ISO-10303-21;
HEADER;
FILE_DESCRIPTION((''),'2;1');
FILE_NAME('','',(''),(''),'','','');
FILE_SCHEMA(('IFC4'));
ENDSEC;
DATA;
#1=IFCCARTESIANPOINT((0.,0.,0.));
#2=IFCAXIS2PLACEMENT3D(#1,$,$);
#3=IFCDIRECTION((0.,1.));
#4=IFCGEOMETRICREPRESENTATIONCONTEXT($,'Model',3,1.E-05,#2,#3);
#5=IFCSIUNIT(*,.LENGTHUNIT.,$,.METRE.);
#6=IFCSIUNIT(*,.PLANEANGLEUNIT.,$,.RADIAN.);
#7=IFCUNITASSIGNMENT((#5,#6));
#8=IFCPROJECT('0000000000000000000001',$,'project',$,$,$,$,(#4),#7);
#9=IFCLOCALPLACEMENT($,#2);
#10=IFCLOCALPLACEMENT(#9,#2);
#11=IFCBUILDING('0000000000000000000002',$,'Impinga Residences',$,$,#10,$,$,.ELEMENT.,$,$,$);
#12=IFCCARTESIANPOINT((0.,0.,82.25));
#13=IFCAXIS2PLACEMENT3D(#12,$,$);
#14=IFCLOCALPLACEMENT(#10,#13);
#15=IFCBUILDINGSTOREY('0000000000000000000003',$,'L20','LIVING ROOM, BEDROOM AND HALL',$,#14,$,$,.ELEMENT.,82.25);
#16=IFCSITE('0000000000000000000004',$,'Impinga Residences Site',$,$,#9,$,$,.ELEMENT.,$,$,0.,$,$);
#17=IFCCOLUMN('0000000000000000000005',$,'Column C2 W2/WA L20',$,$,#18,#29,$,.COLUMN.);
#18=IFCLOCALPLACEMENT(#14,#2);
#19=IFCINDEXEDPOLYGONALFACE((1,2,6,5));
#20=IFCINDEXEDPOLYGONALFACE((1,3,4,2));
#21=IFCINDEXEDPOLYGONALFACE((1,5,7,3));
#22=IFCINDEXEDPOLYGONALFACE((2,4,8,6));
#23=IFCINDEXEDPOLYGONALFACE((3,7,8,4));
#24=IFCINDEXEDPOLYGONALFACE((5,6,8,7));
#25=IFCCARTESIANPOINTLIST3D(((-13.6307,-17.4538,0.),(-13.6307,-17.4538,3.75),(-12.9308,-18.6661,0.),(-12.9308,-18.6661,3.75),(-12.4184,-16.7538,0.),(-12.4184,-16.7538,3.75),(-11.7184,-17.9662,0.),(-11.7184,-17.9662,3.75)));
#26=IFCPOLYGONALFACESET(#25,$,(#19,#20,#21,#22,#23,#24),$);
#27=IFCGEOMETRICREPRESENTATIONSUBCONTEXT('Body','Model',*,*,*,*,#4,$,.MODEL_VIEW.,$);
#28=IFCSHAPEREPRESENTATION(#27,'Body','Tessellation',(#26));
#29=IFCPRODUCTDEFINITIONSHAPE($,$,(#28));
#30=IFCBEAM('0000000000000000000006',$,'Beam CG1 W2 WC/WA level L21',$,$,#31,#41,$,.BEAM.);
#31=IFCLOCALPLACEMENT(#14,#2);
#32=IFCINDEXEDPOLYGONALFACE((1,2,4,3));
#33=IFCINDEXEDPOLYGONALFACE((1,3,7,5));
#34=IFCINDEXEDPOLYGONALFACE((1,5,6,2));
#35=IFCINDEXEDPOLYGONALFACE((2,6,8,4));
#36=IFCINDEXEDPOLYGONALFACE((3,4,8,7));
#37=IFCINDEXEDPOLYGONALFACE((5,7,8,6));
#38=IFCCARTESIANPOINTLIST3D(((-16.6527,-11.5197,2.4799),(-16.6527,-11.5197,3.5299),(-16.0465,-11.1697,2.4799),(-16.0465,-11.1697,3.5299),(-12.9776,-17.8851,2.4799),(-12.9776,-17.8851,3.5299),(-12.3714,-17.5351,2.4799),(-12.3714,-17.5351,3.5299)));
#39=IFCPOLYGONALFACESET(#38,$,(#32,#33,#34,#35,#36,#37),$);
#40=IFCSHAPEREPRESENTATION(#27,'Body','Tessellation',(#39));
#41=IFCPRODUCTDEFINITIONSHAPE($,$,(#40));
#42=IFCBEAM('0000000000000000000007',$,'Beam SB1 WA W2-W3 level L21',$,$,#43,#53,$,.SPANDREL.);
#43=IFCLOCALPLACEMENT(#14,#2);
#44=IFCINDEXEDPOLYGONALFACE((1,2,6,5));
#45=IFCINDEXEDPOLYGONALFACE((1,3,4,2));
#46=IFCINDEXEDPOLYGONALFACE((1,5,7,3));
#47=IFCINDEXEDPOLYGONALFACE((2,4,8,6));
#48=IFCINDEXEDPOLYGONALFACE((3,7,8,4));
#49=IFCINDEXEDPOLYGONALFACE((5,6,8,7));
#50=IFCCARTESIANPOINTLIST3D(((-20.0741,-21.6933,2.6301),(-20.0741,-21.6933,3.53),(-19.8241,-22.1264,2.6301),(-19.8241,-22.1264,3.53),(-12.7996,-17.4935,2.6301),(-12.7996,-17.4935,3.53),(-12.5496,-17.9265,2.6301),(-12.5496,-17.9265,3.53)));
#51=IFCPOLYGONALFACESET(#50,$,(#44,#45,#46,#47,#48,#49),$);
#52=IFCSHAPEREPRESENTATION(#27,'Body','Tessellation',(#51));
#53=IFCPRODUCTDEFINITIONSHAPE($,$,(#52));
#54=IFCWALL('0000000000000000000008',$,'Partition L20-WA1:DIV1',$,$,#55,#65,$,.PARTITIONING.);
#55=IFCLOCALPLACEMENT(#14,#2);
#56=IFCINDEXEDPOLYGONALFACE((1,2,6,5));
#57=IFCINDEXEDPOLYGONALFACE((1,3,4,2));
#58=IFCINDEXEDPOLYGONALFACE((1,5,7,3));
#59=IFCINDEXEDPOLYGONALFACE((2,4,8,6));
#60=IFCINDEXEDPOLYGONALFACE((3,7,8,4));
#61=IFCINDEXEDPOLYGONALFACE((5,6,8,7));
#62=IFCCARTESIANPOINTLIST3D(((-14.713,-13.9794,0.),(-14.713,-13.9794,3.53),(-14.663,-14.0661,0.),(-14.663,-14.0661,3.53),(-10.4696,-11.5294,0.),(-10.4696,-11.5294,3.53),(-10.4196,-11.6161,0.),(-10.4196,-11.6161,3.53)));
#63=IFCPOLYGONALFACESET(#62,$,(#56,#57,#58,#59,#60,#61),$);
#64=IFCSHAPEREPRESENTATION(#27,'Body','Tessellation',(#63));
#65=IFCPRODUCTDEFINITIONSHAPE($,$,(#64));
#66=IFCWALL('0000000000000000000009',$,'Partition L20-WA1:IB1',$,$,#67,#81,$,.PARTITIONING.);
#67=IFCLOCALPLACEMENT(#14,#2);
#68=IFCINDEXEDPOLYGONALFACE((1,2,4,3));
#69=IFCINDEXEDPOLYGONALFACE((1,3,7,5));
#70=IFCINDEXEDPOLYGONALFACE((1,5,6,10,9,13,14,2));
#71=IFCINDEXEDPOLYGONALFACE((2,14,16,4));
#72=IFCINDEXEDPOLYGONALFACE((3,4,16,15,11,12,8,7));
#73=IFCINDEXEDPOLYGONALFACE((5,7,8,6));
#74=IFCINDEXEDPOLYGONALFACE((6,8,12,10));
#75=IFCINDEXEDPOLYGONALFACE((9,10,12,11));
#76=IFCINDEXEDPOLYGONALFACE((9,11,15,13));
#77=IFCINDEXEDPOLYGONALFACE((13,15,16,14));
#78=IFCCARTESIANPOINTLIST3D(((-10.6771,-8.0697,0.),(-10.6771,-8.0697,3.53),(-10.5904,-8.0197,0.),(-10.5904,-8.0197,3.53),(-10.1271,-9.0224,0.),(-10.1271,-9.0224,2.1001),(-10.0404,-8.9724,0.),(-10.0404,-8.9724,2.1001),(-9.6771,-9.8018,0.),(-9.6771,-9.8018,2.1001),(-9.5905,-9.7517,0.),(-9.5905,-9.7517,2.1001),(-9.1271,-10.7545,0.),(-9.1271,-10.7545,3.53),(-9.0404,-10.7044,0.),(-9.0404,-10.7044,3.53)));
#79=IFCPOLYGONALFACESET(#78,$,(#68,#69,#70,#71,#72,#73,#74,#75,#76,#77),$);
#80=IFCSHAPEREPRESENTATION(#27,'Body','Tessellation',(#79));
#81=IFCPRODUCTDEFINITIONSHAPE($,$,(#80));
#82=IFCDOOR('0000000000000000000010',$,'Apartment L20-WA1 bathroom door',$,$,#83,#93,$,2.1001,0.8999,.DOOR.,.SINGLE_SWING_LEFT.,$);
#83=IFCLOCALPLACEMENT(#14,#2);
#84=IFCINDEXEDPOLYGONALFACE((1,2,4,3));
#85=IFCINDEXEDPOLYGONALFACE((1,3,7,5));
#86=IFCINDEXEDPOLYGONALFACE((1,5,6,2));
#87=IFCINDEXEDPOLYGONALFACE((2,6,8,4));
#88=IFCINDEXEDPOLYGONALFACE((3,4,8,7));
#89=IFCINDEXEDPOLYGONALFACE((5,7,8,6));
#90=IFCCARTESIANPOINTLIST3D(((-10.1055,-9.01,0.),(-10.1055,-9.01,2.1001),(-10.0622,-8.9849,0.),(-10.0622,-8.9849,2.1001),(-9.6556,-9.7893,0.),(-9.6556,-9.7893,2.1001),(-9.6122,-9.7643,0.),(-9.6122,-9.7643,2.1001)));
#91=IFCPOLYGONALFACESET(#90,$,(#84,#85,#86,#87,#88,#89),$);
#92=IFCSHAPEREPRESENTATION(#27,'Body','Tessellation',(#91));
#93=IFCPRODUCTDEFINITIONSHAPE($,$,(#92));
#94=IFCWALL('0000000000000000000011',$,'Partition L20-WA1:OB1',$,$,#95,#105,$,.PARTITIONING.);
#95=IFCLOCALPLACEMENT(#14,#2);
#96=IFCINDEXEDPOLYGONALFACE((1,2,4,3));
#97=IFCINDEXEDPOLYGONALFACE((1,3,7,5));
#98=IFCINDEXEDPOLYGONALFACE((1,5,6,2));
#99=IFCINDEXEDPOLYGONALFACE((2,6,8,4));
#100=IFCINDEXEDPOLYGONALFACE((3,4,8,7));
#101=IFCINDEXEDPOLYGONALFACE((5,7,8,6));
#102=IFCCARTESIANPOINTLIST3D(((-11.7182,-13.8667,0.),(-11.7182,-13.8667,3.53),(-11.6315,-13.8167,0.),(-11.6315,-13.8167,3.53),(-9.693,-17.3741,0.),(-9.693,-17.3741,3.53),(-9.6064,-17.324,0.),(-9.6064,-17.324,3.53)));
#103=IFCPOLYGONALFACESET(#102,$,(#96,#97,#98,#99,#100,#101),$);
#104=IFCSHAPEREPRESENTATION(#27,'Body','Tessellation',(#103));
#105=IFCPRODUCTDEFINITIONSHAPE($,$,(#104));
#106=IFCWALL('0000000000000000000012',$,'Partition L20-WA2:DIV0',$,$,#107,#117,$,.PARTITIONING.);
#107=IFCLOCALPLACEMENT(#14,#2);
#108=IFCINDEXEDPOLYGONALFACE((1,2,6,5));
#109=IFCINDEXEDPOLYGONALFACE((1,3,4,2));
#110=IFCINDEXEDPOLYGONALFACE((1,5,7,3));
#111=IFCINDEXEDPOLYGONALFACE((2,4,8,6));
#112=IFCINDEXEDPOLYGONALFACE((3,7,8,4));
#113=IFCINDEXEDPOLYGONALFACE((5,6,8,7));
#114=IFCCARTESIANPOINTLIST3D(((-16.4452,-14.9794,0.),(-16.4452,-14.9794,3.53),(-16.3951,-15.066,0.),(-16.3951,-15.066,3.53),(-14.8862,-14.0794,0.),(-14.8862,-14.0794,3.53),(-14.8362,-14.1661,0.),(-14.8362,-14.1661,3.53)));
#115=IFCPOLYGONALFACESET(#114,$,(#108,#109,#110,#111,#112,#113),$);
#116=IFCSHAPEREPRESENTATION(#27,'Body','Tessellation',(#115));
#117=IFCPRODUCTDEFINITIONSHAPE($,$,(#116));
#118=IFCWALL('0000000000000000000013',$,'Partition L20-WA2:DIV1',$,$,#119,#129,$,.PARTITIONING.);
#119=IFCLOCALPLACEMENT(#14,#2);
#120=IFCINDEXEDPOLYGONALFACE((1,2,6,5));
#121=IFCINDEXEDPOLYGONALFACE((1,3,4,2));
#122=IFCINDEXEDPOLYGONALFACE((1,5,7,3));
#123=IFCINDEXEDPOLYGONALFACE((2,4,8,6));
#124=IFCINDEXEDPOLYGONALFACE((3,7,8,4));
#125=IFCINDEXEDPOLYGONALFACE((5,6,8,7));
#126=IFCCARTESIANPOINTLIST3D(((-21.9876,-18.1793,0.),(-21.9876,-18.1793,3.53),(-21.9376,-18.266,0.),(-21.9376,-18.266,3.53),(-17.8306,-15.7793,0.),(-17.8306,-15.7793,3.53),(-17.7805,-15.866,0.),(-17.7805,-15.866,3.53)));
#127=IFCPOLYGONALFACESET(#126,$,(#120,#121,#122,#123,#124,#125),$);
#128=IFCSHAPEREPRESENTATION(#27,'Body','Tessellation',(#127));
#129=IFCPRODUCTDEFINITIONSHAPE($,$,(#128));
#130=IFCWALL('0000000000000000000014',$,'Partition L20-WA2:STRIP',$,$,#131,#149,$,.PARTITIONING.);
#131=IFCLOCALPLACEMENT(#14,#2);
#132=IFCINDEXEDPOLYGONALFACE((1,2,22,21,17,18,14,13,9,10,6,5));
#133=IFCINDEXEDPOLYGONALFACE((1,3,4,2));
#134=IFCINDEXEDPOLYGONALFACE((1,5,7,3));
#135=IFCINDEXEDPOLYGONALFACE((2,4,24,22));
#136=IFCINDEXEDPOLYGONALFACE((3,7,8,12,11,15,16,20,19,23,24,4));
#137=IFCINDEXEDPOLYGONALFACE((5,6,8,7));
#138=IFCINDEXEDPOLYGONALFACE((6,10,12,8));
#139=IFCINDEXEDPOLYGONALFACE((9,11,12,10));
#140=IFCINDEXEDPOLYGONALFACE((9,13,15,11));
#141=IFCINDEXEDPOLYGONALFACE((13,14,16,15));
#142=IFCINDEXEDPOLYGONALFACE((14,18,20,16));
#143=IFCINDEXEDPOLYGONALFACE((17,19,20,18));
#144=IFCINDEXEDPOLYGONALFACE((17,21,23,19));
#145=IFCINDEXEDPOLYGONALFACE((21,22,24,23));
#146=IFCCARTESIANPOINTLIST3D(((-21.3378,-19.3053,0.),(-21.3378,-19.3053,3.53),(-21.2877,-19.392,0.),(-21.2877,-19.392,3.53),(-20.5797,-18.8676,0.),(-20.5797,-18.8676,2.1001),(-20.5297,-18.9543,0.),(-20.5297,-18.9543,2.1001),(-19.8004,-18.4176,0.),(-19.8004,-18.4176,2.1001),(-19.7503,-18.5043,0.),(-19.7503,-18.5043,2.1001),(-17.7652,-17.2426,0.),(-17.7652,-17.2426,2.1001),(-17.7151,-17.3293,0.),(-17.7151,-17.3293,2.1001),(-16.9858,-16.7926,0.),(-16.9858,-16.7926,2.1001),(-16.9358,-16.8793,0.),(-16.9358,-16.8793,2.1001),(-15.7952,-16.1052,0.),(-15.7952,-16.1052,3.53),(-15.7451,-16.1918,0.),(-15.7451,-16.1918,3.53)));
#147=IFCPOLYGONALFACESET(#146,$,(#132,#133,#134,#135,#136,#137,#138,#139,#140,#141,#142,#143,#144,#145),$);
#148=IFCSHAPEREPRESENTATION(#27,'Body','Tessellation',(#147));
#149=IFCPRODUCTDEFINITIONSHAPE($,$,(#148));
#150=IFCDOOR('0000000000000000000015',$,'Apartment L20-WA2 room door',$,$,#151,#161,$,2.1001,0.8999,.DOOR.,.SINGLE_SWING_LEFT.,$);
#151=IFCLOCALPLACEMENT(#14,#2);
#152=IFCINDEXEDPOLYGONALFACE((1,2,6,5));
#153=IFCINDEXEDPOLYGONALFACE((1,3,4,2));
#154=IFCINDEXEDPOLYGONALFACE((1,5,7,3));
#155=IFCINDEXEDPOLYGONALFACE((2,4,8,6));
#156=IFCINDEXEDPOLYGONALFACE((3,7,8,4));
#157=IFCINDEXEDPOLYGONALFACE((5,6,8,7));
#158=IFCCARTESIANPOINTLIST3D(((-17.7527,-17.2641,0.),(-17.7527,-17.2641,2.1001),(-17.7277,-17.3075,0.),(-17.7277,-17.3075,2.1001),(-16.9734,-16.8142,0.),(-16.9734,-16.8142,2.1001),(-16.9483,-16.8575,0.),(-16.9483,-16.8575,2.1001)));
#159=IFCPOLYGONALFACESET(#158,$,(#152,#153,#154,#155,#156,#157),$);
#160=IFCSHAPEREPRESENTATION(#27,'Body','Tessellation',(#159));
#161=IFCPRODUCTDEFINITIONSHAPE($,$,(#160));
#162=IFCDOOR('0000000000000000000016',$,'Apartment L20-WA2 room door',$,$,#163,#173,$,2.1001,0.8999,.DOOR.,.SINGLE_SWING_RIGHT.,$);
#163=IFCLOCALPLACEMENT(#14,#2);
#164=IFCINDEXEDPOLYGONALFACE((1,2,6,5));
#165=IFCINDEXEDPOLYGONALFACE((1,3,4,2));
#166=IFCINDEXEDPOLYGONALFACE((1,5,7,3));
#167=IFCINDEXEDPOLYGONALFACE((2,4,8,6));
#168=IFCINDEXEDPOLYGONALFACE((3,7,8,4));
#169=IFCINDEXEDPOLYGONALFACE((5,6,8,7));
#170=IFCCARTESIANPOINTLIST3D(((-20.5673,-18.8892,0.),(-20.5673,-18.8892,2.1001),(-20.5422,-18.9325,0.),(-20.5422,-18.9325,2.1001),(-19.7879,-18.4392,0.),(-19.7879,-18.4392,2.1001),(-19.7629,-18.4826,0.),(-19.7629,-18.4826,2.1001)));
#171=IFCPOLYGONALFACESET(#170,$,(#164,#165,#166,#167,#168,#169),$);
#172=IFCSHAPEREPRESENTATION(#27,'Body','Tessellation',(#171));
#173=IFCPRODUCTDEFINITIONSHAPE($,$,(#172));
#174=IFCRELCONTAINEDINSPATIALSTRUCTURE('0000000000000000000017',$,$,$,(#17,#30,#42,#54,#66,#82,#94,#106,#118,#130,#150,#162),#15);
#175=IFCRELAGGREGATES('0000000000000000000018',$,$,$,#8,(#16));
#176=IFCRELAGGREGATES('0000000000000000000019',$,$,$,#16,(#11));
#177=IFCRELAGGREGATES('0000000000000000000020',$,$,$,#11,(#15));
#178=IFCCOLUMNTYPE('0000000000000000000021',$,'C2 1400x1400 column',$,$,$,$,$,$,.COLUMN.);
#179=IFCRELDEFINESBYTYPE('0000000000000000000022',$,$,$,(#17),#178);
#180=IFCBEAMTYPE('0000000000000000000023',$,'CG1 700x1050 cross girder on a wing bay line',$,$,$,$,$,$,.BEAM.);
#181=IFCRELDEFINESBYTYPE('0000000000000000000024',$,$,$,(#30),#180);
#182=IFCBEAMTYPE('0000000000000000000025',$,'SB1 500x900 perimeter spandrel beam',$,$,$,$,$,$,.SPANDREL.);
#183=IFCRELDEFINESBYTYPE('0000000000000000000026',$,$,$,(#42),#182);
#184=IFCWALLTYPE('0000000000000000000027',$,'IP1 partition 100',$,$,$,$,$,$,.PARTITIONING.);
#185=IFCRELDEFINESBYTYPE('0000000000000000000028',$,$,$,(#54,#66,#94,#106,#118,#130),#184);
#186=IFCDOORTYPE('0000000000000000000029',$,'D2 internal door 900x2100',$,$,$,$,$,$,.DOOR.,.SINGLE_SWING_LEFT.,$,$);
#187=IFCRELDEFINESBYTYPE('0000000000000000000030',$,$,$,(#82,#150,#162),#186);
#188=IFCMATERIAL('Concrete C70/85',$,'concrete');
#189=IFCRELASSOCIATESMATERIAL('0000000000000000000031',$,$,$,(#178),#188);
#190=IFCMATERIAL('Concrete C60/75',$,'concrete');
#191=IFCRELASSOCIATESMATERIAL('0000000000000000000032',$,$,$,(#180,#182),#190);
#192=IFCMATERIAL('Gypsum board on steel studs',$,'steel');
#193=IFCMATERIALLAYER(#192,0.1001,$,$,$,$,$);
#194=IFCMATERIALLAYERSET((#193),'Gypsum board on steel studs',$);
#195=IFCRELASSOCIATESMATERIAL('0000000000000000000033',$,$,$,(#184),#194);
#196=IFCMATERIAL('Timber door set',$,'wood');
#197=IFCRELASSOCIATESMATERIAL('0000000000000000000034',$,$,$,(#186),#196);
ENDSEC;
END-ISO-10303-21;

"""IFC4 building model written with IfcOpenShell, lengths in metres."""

from ifc_helpers import new_model, si_unit, direction, frame, frame_2d, origin, origin_2d, place, context, subcontext, project, spatial, rectangle, extrude, material, layer, layer_set, material_profile, profile_set, type_object, element, fill, save


model = new_model("IFC4")

# Units and contexts
model_context = context("Model", 3, precision=1e-05, world=origin(), true_north=direction((0.0, 1.0)))
body_context = subcontext(model_context, "Body", "Model", "MODEL_VIEW")
ifc_project = project(units=[si_unit("LENGTHUNIT", "METRE"), si_unit("PLANEANGLEUNIT", "RADIAN")], contexts=[model_context])

# Site, building, storey
site_placement = place(None, origin())
site = spatial("IfcSite", under=ifc_project, at=site_placement, Name="Impinga Residences Site", CompositionType="ELEMENT", RefElevation=0.0)
building_placement = place(site_placement, origin())
building = spatial("IfcBuilding", under=site, at=building_placement, Name="Impinga Residences", CompositionType="ELEMENT")
storey_placement = place(building_placement, frame((0.0, 0.0, 82.25)))
storey = spatial("IfcBuildingStorey", under=building, at=storey_placement, Name="L20", Description="LIVING ROOM, BEDROOM AND HALL", CompositionType="ELEMENT", Elevation=82.25)

# Column
ifc_material_1 = material(Name="Concrete C70/85", Category="concrete")
ifc_material_profile_1 = material_profile(ifc_material_1, rectangle(XDim=1.3999, YDim=1.3999, at=origin_2d()), Name="RC 1400x1400")
ifc_profile_set_1 = profile_set([ifc_material_profile_1], Name="Concrete C70/85")
column_type = type_object("IfcColumnType", Name="C2 1400x1400 column", PredefinedType="COLUMN", material=ifc_profile_set_1)
column_placement = place(storey_placement, frame((-12.6746, -17.71, 0.0), z_axis=(0.0, 0.0, 1.0), x_axis=(-0.5, 0.866025, 0.0)))
element("IfcColumn", 1, at=column_placement, inside=storey, type_object=column_type, Name="Column C2 W2/WA L20", PredefinedType="COLUMN", context=body_context, shape_type="SweptSolid", body=[
    extrude(rectangle(XDim=1.3999, YDim=1.3999, at=origin_2d()), origin(), (0.0, 0.0, 1.0), 3.75),
])

# Beams
ifc_material_2 = material(Name="Concrete C60/75", Category="concrete")
ifc_material_profile_2 = material_profile(ifc_material_2, rectangle(XDim=0.7, YDim=1.05, at=origin_2d()), Name="RC 700x1050")
ifc_profile_set_2 = profile_set([ifc_material_profile_2], Name="Concrete C60/75")
beam_type_1 = type_object("IfcBeamType", Name="CG1 700x1050 cross girder on a wing bay line", PredefinedType="BEAM", material=ifc_profile_set_2)
beam_1_placement = place(storey_placement, frame((-16.3496, -11.3447, 3.0049), z_axis=(0.500008, -0.866021, 0.0), x_axis=(0.866021, 0.500008, 0.0)))
element("IfcBeam", 2, at=beam_1_placement, inside=storey, type_object=beam_type_1, Name="Beam CG1 W2 WC/WA level L21", PredefinedType="BEAM", context=body_context, shape_type="SweptSolid", body=[
    extrude(rectangle(XDim=0.7, YDim=1.05, at=origin_2d()), origin(), (0.0, 0.0, 1.0), 7.3501),
])
ifc_material_profile_3 = material_profile(ifc_material_2, rectangle(XDim=0.5, YDim=0.8999, at=origin_2d()), Name="RC 500x900")
ifc_profile_set_3 = profile_set([ifc_material_profile_3], Name="Concrete C60/75")
beam_type_2 = type_object("IfcBeamType", Name="SB1 500x900 perimeter spandrel beam", PredefinedType="SPANDREL", material=ifc_profile_set_3)
beam_2_placement = place(storey_placement, frame((-12.6746, -17.71, 3.0801), z_axis=(-0.866029, -0.499993, 0.0), x_axis=(0.499993, -0.866029, 0.0)))
element("IfcBeam", 3, at=beam_2_placement, inside=storey, type_object=beam_type_2, Name="Beam SB1 WA W2-W3 level L21", PredefinedType="SPANDREL", context=body_context, shape_type="SweptSolid", body=[
    extrude(rectangle(XDim=0.5, YDim=0.8999, at=origin_2d()), origin(), (0.0, 0.0, 1.0), 8.3999),
])

# Wall
ifc_material_3 = material(Name="Gypsum board on steel studs", Category="steel")
ifc_layer_1 = layer(ifc_material_3, 0.1001)
ifc_layer_set_1 = layer_set([ifc_layer_1], Name="Gypsum board on steel studs")
wall_type_1 = type_object("IfcWallType", Name="IP1 partition 100", PredefinedType="PARTITIONING", material=ifc_layer_set_1)
wall_1_placement = place(storey_placement, frame((-10.4446, -11.5728, 0.0), z_axis=(0.0, 0.0, 1.0), x_axis=(-0.866024, -0.500003, 0.0)))
element("IfcWall", 4, at=wall_1_placement, inside=storey, type_object=wall_type_1, Name="Partition L20-WA1:DIV1", PredefinedType="PARTITIONING", context=body_context, shape_type="SweptSolid", body=[
    extrude(rectangle(XDim=4.8999, YDim=0.1001, at=frame_2d((2.45, 0.0))), origin(), (0.0, 0.0, 1.0), 3.53),
])

# Wall, opening, door
wall_2_placement = place(storey_placement, frame((-10.6338, -8.0447, 0.0), z_axis=(0.0, 0.0, 1.0), x_axis=(0.499993, -0.86603, 0.0)))
wall_2 = element("IfcWall", 5, at=wall_2_placement, inside=storey, type_object=wall_type_1, Name="Partition L20-WA1:IB1", PredefinedType="PARTITIONING", context=body_context, shape_type="SweptSolid", body=[
    extrude(rectangle(XDim=3.1001, YDim=0.1001, at=frame_2d((1.55, 0.0))), origin(), (0.0, 0.0, 1.0), 3.53),
])
opening_1_placement = place(wall_2_placement, frame((1.1001, 0.0, 0.0)))
opening_1 = element("IfcOpeningElement", 6, at=opening_1_placement, cuts=wall_2, PredefinedType="OPENING", context=body_context, shape_type="SweptSolid", body=[
    extrude(rectangle(XDim=0.8999, YDim=2.1001, at=frame_2d((0.45, 1.05))), frame((0.0, 0.0601, 0.0), z_axis=(0.0, -1.0, 0.0), x_axis=(1.0, 0.0, 0.0)), (0.0, 0.0, 1.0), 0.1201),
])
ifc_material_4 = material(Name="Timber door set", Category="wood")
door_type = type_object("IfcDoorType", Name="D2 internal door 900x2100", OperationType="SINGLE_SWING_LEFT", PredefinedType="DOOR", material=ifc_material_4)
door_1_placement = place(opening_1_placement, origin())
door_1 = element("IfcDoor", 7, at=door_1_placement, inside=storey, type_object=door_type, Name="Apartment L20-WA1 bathroom door", OperationType="SINGLE_SWING_LEFT", OverallHeight=2.1001, OverallWidth=0.8999, PredefinedType="DOOR", context=body_context, shape_type="SweptSolid", body=[
    extrude(rectangle(XDim=0.8999, YDim=2.1001, at=frame_2d((0.45, 1.05))), frame((0.0, 0.0249, 0.0), z_axis=(0.0, -1.0, 0.0), x_axis=(1.0, 0.0, 0.0)), (0.0, 0.0, 1.0), 0.05),
])
fill(opening_1, door_1)

# Walls
wall_3_placement = place(storey_placement, frame((-11.6748, -13.8418, 0.0), z_axis=(0.0, 0.0, 1.0), x_axis=(0.500036, -0.866005, 0.0)))
element("IfcWall", 8, at=wall_3_placement, inside=storey, type_object=wall_type_1, Name="Partition L20-WA1:OB1", PredefinedType="PARTITIONING", context=body_context, shape_type="SweptSolid", body=[
    extrude(rectangle(XDim=4.05, YDim=0.1001, at=frame_2d((2.0249, 0.0))), origin(), (0.0, 0.0, 1.0), 3.53),
])
wall_4_placement = place(storey_placement, frame((-14.8613, -14.1228, 0.0), z_axis=(0.0, 0.0, 1.0), x_axis=(-0.866048, -0.499961, 0.0)))
element("IfcWall", 9, at=wall_4_placement, inside=storey, type_object=wall_type_1, Name="Partition L20-WA2:DIV0", PredefinedType="PARTITIONING", context=body_context, shape_type="SweptSolid", body=[
    extrude(rectangle(XDim=1.8, YDim=0.1001, at=frame_2d((0.8999, 0.0))), origin(), (0.0, 0.0, 1.0), 3.53),
])
wall_5_placement = place(storey_placement, frame((-17.8057, -15.8228, 0.0), z_axis=(0.0, 0.0, 1.0), x_axis=(-0.866037, -0.499979, 0.0)))
element("IfcWall", 10, at=wall_5_placement, inside=storey, type_object=wall_type_1, Name="Partition L20-WA2:DIV1", PredefinedType="PARTITIONING", context=body_context, shape_type="SweptSolid", body=[
    extrude(rectangle(XDim=4.8, YDim=0.1001, at=frame_2d((2.3999, 0.0))), origin(), (0.0, 0.0, 1.0), 3.53),
])

# Wall, openings, doors
wall_6_placement = place(storey_placement, frame((-15.77, -16.1484, 0.0), z_axis=(0.0, 0.0, 1.0), x_axis=(-0.866019, -0.500012, 0.0)))
wall_6 = element("IfcWall", 11, at=wall_6_placement, inside=storey, type_object=wall_type_1, Name="Partition L20-WA2:STRIP", PredefinedType="PARTITIONING", context=body_context, shape_type="SweptSolid", body=[
    extrude(rectangle(XDim=6.4001, YDim=0.1001, at=frame_2d((3.2002, 0.0))), origin(), (0.0, 0.0, 1.0), 3.53),
])
opening_2_placement = place(wall_6_placement, frame((1.375, 0.0, 0.0)))
opening_2 = element("IfcOpeningElement", 12, at=opening_2_placement, cuts=wall_6, PredefinedType="OPENING", context=body_context, shape_type="SweptSolid", body=[
    extrude(rectangle(XDim=0.8999, YDim=2.1001, at=frame_2d((0.45, 1.05))), frame((0.0, 0.0601, 0.0), z_axis=(0.0, -1.0, 0.0), x_axis=(1.0, 0.0, 0.0)), (0.0, 0.0, 1.0), 0.1201),
])
opening_3_placement = place(wall_6_placement, frame((4.625, 0.0, 0.0)))
opening_3 = element("IfcOpeningElement", 13, at=opening_3_placement, cuts=wall_6, PredefinedType="OPENING", context=body_context, shape_type="SweptSolid", body=[
    extrude(rectangle(XDim=0.8999, YDim=2.1001, at=frame_2d((0.45, 1.05))), frame((0.0, 0.0601, 0.0), z_axis=(0.0, -1.0, 0.0), x_axis=(1.0, 0.0, 0.0)), (0.0, 0.0, 1.0), 0.1201),
])
door_2_placement = place(opening_2_placement, origin())
door_2 = element("IfcDoor", 14, at=door_2_placement, inside=storey, type_object=door_type, Name="Apartment L20-WA2 room door", OperationType="SINGLE_SWING_LEFT", OverallHeight=2.1001, OverallWidth=0.8999, PredefinedType="DOOR", context=body_context, shape_type="SweptSolid", body=[
    extrude(rectangle(XDim=0.8999, YDim=2.1001, at=frame_2d((0.45, 1.05))), frame((0.0, 0.0249, 0.0), z_axis=(0.0, -1.0, 0.0), x_axis=(1.0, 0.0, 0.0)), (0.0, 0.0, 1.0), 0.05),
])
fill(opening_2, door_2)
door_3_placement = place(opening_3_placement, origin())
door_3 = element("IfcDoor", 15, at=door_3_placement, inside=storey, type_object=door_type, Name="Apartment L20-WA2 room door", OperationType="SINGLE_SWING_RIGHT", OverallHeight=2.1001, OverallWidth=0.8999, PredefinedType="DOOR", context=body_context, shape_type="SweptSolid", body=[
    extrude(rectangle(XDim=0.8999, YDim=2.1001, at=frame_2d((0.45, 1.05))), frame((0.0, 0.0249, 0.0), z_axis=(0.0, -1.0, 0.0), x_axis=(1.0, 0.0, 0.0)), (0.0, 0.0, 1.0), 0.05),
])
fill(opening_3, door_3)

save(model, "model.ifc")
